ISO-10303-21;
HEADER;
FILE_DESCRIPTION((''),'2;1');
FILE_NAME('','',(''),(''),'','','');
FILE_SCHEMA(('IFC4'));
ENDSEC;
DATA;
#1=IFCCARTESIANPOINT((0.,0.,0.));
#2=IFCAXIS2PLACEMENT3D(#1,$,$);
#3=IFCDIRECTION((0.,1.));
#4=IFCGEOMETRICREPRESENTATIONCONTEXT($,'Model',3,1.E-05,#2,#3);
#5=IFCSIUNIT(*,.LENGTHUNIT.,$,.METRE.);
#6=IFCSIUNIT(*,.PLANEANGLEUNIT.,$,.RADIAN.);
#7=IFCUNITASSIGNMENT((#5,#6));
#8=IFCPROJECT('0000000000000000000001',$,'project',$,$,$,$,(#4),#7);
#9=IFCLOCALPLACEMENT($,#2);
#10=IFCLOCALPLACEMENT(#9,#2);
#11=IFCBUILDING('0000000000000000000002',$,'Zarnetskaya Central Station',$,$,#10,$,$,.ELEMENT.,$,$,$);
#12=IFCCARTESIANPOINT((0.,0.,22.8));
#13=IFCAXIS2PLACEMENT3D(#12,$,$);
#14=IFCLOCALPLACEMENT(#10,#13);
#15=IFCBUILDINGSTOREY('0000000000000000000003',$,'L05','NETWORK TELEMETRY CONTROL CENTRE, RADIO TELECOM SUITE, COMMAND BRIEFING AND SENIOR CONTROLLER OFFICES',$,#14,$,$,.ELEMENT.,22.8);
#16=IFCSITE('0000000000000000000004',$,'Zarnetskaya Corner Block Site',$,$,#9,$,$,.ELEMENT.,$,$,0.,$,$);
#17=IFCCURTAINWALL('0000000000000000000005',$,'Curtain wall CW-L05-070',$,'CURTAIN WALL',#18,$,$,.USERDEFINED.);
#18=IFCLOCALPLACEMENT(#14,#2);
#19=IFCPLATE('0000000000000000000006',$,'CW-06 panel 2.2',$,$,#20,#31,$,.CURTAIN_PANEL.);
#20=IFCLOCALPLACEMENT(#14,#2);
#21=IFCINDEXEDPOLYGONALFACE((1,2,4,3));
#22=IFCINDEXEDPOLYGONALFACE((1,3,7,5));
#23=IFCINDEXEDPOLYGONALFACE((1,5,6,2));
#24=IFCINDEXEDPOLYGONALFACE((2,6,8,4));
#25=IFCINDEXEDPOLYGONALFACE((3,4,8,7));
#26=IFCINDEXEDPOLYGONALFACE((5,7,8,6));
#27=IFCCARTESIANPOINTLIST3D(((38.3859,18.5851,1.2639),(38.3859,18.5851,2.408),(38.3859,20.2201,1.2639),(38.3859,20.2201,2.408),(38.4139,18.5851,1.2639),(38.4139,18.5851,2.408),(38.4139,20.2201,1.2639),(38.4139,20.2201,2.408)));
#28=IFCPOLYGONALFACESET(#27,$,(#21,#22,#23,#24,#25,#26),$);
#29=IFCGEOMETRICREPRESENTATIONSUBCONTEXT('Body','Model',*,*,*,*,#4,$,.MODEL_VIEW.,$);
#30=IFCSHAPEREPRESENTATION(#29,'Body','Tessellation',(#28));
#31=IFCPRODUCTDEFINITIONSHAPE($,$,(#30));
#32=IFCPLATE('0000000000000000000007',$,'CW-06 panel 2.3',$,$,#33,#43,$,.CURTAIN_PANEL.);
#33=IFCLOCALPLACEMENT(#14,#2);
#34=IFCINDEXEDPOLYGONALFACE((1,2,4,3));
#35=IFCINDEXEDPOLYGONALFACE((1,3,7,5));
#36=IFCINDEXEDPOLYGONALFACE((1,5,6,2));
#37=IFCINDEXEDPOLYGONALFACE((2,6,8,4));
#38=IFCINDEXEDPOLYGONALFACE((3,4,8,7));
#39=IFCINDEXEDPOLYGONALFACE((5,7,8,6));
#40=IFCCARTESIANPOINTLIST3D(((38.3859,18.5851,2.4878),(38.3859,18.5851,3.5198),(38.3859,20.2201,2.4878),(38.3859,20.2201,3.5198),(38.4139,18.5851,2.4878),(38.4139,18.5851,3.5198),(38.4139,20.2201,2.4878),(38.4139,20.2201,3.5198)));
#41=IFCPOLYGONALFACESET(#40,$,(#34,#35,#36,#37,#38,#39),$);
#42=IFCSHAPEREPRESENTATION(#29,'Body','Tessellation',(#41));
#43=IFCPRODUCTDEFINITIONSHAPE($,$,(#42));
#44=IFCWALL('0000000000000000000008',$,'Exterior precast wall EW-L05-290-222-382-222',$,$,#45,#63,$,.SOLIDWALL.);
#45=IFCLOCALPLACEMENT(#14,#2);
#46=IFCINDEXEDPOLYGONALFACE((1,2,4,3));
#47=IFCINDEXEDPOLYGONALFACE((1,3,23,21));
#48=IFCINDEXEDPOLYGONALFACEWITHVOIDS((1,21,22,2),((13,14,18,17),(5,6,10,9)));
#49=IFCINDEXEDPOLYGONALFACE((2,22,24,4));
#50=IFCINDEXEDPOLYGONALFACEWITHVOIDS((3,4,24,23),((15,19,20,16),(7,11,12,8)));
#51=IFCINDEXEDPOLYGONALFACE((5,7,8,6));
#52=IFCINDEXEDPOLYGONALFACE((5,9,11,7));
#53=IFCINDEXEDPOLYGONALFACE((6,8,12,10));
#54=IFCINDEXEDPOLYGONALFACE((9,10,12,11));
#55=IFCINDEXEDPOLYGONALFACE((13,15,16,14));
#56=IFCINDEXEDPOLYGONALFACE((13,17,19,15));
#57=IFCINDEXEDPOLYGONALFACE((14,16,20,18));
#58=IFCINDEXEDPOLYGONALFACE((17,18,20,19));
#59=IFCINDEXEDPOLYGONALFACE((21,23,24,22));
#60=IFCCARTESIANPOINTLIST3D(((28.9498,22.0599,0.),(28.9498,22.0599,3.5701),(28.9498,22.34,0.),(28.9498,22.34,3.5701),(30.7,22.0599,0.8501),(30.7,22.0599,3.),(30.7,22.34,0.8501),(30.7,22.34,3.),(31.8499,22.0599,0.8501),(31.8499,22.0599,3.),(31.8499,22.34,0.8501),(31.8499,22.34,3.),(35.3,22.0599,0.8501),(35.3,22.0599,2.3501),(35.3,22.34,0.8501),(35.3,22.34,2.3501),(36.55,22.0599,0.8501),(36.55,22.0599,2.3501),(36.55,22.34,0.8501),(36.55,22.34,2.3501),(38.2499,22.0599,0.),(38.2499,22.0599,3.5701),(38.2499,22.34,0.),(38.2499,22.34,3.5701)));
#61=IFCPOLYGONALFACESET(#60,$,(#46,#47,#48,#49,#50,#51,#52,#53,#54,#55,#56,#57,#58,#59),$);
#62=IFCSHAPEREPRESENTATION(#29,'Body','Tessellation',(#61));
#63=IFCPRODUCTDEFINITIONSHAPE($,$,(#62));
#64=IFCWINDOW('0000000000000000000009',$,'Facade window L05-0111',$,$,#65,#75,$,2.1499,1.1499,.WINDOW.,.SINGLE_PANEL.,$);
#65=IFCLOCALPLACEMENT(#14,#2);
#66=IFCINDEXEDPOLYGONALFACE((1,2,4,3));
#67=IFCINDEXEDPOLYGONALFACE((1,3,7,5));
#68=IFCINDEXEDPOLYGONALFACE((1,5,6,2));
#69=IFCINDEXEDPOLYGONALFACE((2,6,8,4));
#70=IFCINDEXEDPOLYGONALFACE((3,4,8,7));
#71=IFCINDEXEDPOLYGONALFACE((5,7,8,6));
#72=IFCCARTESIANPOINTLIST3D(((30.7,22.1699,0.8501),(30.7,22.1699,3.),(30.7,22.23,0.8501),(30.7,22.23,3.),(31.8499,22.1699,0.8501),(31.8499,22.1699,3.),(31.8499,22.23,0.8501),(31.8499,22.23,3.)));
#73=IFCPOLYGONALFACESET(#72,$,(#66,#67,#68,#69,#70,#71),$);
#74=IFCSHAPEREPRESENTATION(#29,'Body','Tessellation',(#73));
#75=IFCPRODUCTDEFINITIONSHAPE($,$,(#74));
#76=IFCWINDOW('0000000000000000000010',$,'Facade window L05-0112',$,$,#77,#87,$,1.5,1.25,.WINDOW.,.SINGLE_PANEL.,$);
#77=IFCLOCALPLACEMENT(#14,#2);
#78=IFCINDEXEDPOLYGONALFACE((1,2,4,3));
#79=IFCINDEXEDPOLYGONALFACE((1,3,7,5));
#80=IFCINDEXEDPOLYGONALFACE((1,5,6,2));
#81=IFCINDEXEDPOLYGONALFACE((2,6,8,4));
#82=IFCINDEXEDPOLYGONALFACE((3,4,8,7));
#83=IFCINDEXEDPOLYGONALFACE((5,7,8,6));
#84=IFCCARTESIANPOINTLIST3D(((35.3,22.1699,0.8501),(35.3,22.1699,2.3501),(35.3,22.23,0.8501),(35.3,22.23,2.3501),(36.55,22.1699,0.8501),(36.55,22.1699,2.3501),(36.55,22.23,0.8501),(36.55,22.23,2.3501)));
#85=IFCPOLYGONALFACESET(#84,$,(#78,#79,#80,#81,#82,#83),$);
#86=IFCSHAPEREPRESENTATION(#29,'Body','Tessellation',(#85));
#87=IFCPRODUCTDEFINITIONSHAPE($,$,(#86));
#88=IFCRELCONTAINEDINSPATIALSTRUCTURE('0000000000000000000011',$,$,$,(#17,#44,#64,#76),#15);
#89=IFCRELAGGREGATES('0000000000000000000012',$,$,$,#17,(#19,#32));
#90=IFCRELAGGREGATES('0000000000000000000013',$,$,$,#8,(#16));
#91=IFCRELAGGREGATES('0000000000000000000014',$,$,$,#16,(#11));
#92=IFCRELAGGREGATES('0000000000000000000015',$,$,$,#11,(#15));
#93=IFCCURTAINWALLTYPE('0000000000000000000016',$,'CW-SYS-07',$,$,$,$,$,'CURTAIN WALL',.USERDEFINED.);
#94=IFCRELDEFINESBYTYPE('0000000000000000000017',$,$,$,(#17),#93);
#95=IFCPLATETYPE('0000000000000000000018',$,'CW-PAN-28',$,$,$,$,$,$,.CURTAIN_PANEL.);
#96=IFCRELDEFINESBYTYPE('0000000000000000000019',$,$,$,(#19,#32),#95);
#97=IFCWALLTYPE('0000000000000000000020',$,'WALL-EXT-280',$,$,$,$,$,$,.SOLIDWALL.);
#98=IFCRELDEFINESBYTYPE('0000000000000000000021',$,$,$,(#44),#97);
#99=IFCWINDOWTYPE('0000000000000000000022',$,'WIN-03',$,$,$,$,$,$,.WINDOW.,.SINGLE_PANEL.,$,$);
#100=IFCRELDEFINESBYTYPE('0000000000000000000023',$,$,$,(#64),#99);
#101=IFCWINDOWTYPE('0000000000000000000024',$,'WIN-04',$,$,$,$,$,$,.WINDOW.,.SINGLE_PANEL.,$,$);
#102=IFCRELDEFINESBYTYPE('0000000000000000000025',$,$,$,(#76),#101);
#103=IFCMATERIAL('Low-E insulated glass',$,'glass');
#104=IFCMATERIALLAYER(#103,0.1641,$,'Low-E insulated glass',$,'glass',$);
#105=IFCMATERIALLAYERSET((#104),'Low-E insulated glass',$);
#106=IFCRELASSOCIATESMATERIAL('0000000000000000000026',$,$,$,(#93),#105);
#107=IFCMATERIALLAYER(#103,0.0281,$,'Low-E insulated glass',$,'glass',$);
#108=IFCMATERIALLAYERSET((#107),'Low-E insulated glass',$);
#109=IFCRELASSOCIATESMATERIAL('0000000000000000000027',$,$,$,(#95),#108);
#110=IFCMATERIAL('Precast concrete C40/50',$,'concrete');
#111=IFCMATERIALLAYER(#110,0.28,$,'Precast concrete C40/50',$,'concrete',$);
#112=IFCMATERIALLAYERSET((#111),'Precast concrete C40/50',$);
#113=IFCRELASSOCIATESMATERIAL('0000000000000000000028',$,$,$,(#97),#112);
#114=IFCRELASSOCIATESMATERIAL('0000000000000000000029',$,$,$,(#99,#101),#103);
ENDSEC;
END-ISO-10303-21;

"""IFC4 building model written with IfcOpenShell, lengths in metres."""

from ifc_helpers import new_model, si_unit, direction, frame, frame_2d, origin, origin_2d, place, context, subcontext, project, spatial, rectangle, extrude, material, layer, layer_set, type_object, element, fill, aggregate, save


model = new_model("IFC4")

# Units and contexts
model_context = context("Model", 3, precision=1e-05, world=origin(), true_north=direction((0.0, 1.0)))
body_context = subcontext(model_context, "Body", "Model", "MODEL_VIEW")
ifc_project = project(units=[si_unit("LENGTHUNIT", "METRE"), si_unit("PLANEANGLEUNIT", "RADIAN")], contexts=[model_context])

# Site, building, storey
site_placement = place(None, origin())
site = spatial("IfcSite", under=ifc_project, at=site_placement, Name="Zarnetskaya Corner Block Site", CompositionType="ELEMENT", RefElevation=0.0)
building_placement = place(site_placement, origin())
building = spatial("IfcBuilding", under=site, at=building_placement, Name="Zarnetskaya Central Station", CompositionType="ELEMENT")
storey_placement = place(building_placement, frame((0.0, 0.0, 22.8)))
storey = spatial("IfcBuildingStorey", under=building, at=storey_placement, Name="L05", Description="NETWORK TELEMETRY CONTROL CENTRE, RADIO TELECOM SUITE, COMMAND BRIEFING AND SENIOR CONTROLLER OFFICES", CompositionType="ELEMENT", Elevation=22.8)

# Curtain wall
ifc_material_1 = material(Name="Low-E insulated glass", Category="glass")
ifc_layer_1 = layer(ifc_material_1, 0.1641, Name="Low-E insulated glass", Category="glass")
ifc_layer_set_1 = layer_set([ifc_layer_1], Name="Low-E insulated glass")
curtain_wall_type = type_object("IfcCurtainWallType", Name="CW-SYS-07", ElementType="CURTAIN WALL", PredefinedType="USERDEFINED", material=ifc_layer_set_1)
curtain_wall_placement = place(storey_placement, origin())
curtain_wall = element("IfcCurtainWall", 1, at=curtain_wall_placement, inside=storey, type_object=curtain_wall_type, Name="Curtain wall CW-L05-070", ObjectType="CURTAIN WALL", PredefinedType="USERDEFINED")

# Plates
ifc_layer_2 = layer(ifc_material_1, 0.0281, Name="Low-E insulated glass", Category="glass")
ifc_layer_set_2 = layer_set([ifc_layer_2], Name="Low-E insulated glass")
plate_type = type_object("IfcPlateType", Name="CW-PAN-28", PredefinedType="CURTAIN_PANEL", material=ifc_layer_set_2)
plate_1_placement = place(storey_placement, frame((38.3999, 19.4026, 1.2639), z_axis=(0.0, 0.0, 1.0), x_axis=(0.0, -1.0, 0.0)))
plate_1 = element("IfcPlate", 2, at=plate_1_placement, type_object=plate_type, Name="CW-06 panel 2.2", PredefinedType="CURTAIN_PANEL", context=body_context, shape_type="SweptSolid", body=[
    extrude(rectangle(XDim=1.635, YDim=0.0281, at=origin_2d()), origin(), (0.0, 0.0, 1.0), 1.144),
])
plate_2_placement = place(storey_placement, frame((38.3999, 19.4026, 2.4878), z_axis=(0.0, 0.0, 1.0), x_axis=(0.0, -1.0, 0.0)))
plate_2 = element("IfcPlate", 3, at=plate_2_placement, type_object=plate_type, Name="CW-06 panel 2.3", PredefinedType="CURTAIN_PANEL", context=body_context, shape_type="SweptSolid", body=[
    extrude(rectangle(XDim=1.635, YDim=0.0281, at=origin_2d()), origin(), (0.0, 0.0, 1.0), 1.032),
])
aggregate(curtain_wall, [plate_1, plate_2])

# Wall, openings, windows
ifc_material_2 = material(Name="Precast concrete C40/50", Category="concrete")
ifc_layer_3 = layer(ifc_material_2, 0.28, Name="Precast concrete C40/50", Category="concrete")
ifc_layer_set_3 = layer_set([ifc_layer_3], Name="Precast concrete C40/50")
wall_type = type_object("IfcWallType", Name="WALL-EXT-280", PredefinedType="SOLIDWALL", material=ifc_layer_set_3)
wall_placement = place(storey_placement, frame((28.95, 22.2, 0.0), z_axis=(0.0, 0.0, 1.0), x_axis=(1.0, 0.0, 0.0)))
wall = element("IfcWall", 4, at=wall_placement, inside=storey, type_object=wall_type, Name="Exterior precast wall EW-L05-290-222-382-222", PredefinedType="SOLIDWALL", context=body_context, shape_type="SweptSolid", body=[
    extrude(rectangle(XDim=9.3, YDim=0.28, at=frame_2d((4.6499, 0.0))), origin(), (0.0, 0.0, 1.0), 3.5701),
])
opening_1_placement = place(wall_placement, frame((1.75, 0.0, 0.8501)))
opening_1 = element("IfcOpeningElement", 5, at=opening_1_placement, cuts=wall, PredefinedType="OPENING", context=body_context, shape_type="SweptSolid", body=[
    extrude(rectangle(XDim=1.1499, YDim=2.1499, at=frame_2d((0.575, 1.075))), frame((0.0, 0.1499, 0.0), z_axis=(0.0, -1.0, 0.0), x_axis=(1.0, 0.0, 0.0)), (0.0, 0.0, 1.0), 0.3),
])
opening_2_placement = place(wall_placement, frame((6.3501, 0.0, 0.8501)))
opening_2 = element("IfcOpeningElement", 6, at=opening_2_placement, cuts=wall, PredefinedType="OPENING", context=body_context, shape_type="SweptSolid", body=[
    extrude(rectangle(XDim=1.25, YDim=1.5, at=frame_2d((0.625, 0.75))), frame((0.0, 0.1499, 0.0), z_axis=(0.0, -1.0, 0.0), x_axis=(1.0, 0.0, 0.0)), (0.0, 0.0, 1.0), 0.3),
])
window_type_1 = type_object("IfcWindowType", Name="WIN-03", PartitioningType="SINGLE_PANEL", PredefinedType="WINDOW", material=ifc_material_1)
window_1_placement = place(opening_1_placement, origin())
window_1 = element("IfcWindow", 7, at=window_1_placement, inside=storey, type_object=window_type_1, Name="Facade window L05-0111", OverallHeight=2.1499, OverallWidth=1.1499, PartitioningType="SINGLE_PANEL", PredefinedType="WINDOW", context=body_context, shape_type="SweptSolid", body=[
    extrude(rectangle(XDim=1.1499, YDim=2.1499, at=frame_2d((0.575, 1.075))), frame((0.0, 0.03, 0.0), z_axis=(0.0, -1.0, 0.0), x_axis=(1.0, 0.0, 0.0)), (0.0, 0.0, 1.0), 0.0601),
])
fill(opening_1, window_1)
window_type_2 = type_object("IfcWindowType", Name="WIN-04", PartitioningType="SINGLE_PANEL", PredefinedType="WINDOW", material=ifc_material_1)
window_2_placement = place(opening_2_placement, origin())
window_2 = element("IfcWindow", 8, at=window_2_placement, inside=storey, type_object=window_type_2, Name="Facade window L05-0112", OverallHeight=1.5, OverallWidth=1.25, PartitioningType="SINGLE_PANEL", PredefinedType="WINDOW", context=body_context, shape_type="SweptSolid", body=[
    extrude(rectangle(XDim=1.25, YDim=1.5, at=frame_2d((0.625, 0.75))), frame((0.0, 0.03, 0.0), z_axis=(0.0, -1.0, 0.0), x_axis=(1.0, 0.0, 0.0)), (0.0, 0.0, 1.0), 0.0601),
])
fill(opening_2, window_2)

save(model, "model.ifc")
